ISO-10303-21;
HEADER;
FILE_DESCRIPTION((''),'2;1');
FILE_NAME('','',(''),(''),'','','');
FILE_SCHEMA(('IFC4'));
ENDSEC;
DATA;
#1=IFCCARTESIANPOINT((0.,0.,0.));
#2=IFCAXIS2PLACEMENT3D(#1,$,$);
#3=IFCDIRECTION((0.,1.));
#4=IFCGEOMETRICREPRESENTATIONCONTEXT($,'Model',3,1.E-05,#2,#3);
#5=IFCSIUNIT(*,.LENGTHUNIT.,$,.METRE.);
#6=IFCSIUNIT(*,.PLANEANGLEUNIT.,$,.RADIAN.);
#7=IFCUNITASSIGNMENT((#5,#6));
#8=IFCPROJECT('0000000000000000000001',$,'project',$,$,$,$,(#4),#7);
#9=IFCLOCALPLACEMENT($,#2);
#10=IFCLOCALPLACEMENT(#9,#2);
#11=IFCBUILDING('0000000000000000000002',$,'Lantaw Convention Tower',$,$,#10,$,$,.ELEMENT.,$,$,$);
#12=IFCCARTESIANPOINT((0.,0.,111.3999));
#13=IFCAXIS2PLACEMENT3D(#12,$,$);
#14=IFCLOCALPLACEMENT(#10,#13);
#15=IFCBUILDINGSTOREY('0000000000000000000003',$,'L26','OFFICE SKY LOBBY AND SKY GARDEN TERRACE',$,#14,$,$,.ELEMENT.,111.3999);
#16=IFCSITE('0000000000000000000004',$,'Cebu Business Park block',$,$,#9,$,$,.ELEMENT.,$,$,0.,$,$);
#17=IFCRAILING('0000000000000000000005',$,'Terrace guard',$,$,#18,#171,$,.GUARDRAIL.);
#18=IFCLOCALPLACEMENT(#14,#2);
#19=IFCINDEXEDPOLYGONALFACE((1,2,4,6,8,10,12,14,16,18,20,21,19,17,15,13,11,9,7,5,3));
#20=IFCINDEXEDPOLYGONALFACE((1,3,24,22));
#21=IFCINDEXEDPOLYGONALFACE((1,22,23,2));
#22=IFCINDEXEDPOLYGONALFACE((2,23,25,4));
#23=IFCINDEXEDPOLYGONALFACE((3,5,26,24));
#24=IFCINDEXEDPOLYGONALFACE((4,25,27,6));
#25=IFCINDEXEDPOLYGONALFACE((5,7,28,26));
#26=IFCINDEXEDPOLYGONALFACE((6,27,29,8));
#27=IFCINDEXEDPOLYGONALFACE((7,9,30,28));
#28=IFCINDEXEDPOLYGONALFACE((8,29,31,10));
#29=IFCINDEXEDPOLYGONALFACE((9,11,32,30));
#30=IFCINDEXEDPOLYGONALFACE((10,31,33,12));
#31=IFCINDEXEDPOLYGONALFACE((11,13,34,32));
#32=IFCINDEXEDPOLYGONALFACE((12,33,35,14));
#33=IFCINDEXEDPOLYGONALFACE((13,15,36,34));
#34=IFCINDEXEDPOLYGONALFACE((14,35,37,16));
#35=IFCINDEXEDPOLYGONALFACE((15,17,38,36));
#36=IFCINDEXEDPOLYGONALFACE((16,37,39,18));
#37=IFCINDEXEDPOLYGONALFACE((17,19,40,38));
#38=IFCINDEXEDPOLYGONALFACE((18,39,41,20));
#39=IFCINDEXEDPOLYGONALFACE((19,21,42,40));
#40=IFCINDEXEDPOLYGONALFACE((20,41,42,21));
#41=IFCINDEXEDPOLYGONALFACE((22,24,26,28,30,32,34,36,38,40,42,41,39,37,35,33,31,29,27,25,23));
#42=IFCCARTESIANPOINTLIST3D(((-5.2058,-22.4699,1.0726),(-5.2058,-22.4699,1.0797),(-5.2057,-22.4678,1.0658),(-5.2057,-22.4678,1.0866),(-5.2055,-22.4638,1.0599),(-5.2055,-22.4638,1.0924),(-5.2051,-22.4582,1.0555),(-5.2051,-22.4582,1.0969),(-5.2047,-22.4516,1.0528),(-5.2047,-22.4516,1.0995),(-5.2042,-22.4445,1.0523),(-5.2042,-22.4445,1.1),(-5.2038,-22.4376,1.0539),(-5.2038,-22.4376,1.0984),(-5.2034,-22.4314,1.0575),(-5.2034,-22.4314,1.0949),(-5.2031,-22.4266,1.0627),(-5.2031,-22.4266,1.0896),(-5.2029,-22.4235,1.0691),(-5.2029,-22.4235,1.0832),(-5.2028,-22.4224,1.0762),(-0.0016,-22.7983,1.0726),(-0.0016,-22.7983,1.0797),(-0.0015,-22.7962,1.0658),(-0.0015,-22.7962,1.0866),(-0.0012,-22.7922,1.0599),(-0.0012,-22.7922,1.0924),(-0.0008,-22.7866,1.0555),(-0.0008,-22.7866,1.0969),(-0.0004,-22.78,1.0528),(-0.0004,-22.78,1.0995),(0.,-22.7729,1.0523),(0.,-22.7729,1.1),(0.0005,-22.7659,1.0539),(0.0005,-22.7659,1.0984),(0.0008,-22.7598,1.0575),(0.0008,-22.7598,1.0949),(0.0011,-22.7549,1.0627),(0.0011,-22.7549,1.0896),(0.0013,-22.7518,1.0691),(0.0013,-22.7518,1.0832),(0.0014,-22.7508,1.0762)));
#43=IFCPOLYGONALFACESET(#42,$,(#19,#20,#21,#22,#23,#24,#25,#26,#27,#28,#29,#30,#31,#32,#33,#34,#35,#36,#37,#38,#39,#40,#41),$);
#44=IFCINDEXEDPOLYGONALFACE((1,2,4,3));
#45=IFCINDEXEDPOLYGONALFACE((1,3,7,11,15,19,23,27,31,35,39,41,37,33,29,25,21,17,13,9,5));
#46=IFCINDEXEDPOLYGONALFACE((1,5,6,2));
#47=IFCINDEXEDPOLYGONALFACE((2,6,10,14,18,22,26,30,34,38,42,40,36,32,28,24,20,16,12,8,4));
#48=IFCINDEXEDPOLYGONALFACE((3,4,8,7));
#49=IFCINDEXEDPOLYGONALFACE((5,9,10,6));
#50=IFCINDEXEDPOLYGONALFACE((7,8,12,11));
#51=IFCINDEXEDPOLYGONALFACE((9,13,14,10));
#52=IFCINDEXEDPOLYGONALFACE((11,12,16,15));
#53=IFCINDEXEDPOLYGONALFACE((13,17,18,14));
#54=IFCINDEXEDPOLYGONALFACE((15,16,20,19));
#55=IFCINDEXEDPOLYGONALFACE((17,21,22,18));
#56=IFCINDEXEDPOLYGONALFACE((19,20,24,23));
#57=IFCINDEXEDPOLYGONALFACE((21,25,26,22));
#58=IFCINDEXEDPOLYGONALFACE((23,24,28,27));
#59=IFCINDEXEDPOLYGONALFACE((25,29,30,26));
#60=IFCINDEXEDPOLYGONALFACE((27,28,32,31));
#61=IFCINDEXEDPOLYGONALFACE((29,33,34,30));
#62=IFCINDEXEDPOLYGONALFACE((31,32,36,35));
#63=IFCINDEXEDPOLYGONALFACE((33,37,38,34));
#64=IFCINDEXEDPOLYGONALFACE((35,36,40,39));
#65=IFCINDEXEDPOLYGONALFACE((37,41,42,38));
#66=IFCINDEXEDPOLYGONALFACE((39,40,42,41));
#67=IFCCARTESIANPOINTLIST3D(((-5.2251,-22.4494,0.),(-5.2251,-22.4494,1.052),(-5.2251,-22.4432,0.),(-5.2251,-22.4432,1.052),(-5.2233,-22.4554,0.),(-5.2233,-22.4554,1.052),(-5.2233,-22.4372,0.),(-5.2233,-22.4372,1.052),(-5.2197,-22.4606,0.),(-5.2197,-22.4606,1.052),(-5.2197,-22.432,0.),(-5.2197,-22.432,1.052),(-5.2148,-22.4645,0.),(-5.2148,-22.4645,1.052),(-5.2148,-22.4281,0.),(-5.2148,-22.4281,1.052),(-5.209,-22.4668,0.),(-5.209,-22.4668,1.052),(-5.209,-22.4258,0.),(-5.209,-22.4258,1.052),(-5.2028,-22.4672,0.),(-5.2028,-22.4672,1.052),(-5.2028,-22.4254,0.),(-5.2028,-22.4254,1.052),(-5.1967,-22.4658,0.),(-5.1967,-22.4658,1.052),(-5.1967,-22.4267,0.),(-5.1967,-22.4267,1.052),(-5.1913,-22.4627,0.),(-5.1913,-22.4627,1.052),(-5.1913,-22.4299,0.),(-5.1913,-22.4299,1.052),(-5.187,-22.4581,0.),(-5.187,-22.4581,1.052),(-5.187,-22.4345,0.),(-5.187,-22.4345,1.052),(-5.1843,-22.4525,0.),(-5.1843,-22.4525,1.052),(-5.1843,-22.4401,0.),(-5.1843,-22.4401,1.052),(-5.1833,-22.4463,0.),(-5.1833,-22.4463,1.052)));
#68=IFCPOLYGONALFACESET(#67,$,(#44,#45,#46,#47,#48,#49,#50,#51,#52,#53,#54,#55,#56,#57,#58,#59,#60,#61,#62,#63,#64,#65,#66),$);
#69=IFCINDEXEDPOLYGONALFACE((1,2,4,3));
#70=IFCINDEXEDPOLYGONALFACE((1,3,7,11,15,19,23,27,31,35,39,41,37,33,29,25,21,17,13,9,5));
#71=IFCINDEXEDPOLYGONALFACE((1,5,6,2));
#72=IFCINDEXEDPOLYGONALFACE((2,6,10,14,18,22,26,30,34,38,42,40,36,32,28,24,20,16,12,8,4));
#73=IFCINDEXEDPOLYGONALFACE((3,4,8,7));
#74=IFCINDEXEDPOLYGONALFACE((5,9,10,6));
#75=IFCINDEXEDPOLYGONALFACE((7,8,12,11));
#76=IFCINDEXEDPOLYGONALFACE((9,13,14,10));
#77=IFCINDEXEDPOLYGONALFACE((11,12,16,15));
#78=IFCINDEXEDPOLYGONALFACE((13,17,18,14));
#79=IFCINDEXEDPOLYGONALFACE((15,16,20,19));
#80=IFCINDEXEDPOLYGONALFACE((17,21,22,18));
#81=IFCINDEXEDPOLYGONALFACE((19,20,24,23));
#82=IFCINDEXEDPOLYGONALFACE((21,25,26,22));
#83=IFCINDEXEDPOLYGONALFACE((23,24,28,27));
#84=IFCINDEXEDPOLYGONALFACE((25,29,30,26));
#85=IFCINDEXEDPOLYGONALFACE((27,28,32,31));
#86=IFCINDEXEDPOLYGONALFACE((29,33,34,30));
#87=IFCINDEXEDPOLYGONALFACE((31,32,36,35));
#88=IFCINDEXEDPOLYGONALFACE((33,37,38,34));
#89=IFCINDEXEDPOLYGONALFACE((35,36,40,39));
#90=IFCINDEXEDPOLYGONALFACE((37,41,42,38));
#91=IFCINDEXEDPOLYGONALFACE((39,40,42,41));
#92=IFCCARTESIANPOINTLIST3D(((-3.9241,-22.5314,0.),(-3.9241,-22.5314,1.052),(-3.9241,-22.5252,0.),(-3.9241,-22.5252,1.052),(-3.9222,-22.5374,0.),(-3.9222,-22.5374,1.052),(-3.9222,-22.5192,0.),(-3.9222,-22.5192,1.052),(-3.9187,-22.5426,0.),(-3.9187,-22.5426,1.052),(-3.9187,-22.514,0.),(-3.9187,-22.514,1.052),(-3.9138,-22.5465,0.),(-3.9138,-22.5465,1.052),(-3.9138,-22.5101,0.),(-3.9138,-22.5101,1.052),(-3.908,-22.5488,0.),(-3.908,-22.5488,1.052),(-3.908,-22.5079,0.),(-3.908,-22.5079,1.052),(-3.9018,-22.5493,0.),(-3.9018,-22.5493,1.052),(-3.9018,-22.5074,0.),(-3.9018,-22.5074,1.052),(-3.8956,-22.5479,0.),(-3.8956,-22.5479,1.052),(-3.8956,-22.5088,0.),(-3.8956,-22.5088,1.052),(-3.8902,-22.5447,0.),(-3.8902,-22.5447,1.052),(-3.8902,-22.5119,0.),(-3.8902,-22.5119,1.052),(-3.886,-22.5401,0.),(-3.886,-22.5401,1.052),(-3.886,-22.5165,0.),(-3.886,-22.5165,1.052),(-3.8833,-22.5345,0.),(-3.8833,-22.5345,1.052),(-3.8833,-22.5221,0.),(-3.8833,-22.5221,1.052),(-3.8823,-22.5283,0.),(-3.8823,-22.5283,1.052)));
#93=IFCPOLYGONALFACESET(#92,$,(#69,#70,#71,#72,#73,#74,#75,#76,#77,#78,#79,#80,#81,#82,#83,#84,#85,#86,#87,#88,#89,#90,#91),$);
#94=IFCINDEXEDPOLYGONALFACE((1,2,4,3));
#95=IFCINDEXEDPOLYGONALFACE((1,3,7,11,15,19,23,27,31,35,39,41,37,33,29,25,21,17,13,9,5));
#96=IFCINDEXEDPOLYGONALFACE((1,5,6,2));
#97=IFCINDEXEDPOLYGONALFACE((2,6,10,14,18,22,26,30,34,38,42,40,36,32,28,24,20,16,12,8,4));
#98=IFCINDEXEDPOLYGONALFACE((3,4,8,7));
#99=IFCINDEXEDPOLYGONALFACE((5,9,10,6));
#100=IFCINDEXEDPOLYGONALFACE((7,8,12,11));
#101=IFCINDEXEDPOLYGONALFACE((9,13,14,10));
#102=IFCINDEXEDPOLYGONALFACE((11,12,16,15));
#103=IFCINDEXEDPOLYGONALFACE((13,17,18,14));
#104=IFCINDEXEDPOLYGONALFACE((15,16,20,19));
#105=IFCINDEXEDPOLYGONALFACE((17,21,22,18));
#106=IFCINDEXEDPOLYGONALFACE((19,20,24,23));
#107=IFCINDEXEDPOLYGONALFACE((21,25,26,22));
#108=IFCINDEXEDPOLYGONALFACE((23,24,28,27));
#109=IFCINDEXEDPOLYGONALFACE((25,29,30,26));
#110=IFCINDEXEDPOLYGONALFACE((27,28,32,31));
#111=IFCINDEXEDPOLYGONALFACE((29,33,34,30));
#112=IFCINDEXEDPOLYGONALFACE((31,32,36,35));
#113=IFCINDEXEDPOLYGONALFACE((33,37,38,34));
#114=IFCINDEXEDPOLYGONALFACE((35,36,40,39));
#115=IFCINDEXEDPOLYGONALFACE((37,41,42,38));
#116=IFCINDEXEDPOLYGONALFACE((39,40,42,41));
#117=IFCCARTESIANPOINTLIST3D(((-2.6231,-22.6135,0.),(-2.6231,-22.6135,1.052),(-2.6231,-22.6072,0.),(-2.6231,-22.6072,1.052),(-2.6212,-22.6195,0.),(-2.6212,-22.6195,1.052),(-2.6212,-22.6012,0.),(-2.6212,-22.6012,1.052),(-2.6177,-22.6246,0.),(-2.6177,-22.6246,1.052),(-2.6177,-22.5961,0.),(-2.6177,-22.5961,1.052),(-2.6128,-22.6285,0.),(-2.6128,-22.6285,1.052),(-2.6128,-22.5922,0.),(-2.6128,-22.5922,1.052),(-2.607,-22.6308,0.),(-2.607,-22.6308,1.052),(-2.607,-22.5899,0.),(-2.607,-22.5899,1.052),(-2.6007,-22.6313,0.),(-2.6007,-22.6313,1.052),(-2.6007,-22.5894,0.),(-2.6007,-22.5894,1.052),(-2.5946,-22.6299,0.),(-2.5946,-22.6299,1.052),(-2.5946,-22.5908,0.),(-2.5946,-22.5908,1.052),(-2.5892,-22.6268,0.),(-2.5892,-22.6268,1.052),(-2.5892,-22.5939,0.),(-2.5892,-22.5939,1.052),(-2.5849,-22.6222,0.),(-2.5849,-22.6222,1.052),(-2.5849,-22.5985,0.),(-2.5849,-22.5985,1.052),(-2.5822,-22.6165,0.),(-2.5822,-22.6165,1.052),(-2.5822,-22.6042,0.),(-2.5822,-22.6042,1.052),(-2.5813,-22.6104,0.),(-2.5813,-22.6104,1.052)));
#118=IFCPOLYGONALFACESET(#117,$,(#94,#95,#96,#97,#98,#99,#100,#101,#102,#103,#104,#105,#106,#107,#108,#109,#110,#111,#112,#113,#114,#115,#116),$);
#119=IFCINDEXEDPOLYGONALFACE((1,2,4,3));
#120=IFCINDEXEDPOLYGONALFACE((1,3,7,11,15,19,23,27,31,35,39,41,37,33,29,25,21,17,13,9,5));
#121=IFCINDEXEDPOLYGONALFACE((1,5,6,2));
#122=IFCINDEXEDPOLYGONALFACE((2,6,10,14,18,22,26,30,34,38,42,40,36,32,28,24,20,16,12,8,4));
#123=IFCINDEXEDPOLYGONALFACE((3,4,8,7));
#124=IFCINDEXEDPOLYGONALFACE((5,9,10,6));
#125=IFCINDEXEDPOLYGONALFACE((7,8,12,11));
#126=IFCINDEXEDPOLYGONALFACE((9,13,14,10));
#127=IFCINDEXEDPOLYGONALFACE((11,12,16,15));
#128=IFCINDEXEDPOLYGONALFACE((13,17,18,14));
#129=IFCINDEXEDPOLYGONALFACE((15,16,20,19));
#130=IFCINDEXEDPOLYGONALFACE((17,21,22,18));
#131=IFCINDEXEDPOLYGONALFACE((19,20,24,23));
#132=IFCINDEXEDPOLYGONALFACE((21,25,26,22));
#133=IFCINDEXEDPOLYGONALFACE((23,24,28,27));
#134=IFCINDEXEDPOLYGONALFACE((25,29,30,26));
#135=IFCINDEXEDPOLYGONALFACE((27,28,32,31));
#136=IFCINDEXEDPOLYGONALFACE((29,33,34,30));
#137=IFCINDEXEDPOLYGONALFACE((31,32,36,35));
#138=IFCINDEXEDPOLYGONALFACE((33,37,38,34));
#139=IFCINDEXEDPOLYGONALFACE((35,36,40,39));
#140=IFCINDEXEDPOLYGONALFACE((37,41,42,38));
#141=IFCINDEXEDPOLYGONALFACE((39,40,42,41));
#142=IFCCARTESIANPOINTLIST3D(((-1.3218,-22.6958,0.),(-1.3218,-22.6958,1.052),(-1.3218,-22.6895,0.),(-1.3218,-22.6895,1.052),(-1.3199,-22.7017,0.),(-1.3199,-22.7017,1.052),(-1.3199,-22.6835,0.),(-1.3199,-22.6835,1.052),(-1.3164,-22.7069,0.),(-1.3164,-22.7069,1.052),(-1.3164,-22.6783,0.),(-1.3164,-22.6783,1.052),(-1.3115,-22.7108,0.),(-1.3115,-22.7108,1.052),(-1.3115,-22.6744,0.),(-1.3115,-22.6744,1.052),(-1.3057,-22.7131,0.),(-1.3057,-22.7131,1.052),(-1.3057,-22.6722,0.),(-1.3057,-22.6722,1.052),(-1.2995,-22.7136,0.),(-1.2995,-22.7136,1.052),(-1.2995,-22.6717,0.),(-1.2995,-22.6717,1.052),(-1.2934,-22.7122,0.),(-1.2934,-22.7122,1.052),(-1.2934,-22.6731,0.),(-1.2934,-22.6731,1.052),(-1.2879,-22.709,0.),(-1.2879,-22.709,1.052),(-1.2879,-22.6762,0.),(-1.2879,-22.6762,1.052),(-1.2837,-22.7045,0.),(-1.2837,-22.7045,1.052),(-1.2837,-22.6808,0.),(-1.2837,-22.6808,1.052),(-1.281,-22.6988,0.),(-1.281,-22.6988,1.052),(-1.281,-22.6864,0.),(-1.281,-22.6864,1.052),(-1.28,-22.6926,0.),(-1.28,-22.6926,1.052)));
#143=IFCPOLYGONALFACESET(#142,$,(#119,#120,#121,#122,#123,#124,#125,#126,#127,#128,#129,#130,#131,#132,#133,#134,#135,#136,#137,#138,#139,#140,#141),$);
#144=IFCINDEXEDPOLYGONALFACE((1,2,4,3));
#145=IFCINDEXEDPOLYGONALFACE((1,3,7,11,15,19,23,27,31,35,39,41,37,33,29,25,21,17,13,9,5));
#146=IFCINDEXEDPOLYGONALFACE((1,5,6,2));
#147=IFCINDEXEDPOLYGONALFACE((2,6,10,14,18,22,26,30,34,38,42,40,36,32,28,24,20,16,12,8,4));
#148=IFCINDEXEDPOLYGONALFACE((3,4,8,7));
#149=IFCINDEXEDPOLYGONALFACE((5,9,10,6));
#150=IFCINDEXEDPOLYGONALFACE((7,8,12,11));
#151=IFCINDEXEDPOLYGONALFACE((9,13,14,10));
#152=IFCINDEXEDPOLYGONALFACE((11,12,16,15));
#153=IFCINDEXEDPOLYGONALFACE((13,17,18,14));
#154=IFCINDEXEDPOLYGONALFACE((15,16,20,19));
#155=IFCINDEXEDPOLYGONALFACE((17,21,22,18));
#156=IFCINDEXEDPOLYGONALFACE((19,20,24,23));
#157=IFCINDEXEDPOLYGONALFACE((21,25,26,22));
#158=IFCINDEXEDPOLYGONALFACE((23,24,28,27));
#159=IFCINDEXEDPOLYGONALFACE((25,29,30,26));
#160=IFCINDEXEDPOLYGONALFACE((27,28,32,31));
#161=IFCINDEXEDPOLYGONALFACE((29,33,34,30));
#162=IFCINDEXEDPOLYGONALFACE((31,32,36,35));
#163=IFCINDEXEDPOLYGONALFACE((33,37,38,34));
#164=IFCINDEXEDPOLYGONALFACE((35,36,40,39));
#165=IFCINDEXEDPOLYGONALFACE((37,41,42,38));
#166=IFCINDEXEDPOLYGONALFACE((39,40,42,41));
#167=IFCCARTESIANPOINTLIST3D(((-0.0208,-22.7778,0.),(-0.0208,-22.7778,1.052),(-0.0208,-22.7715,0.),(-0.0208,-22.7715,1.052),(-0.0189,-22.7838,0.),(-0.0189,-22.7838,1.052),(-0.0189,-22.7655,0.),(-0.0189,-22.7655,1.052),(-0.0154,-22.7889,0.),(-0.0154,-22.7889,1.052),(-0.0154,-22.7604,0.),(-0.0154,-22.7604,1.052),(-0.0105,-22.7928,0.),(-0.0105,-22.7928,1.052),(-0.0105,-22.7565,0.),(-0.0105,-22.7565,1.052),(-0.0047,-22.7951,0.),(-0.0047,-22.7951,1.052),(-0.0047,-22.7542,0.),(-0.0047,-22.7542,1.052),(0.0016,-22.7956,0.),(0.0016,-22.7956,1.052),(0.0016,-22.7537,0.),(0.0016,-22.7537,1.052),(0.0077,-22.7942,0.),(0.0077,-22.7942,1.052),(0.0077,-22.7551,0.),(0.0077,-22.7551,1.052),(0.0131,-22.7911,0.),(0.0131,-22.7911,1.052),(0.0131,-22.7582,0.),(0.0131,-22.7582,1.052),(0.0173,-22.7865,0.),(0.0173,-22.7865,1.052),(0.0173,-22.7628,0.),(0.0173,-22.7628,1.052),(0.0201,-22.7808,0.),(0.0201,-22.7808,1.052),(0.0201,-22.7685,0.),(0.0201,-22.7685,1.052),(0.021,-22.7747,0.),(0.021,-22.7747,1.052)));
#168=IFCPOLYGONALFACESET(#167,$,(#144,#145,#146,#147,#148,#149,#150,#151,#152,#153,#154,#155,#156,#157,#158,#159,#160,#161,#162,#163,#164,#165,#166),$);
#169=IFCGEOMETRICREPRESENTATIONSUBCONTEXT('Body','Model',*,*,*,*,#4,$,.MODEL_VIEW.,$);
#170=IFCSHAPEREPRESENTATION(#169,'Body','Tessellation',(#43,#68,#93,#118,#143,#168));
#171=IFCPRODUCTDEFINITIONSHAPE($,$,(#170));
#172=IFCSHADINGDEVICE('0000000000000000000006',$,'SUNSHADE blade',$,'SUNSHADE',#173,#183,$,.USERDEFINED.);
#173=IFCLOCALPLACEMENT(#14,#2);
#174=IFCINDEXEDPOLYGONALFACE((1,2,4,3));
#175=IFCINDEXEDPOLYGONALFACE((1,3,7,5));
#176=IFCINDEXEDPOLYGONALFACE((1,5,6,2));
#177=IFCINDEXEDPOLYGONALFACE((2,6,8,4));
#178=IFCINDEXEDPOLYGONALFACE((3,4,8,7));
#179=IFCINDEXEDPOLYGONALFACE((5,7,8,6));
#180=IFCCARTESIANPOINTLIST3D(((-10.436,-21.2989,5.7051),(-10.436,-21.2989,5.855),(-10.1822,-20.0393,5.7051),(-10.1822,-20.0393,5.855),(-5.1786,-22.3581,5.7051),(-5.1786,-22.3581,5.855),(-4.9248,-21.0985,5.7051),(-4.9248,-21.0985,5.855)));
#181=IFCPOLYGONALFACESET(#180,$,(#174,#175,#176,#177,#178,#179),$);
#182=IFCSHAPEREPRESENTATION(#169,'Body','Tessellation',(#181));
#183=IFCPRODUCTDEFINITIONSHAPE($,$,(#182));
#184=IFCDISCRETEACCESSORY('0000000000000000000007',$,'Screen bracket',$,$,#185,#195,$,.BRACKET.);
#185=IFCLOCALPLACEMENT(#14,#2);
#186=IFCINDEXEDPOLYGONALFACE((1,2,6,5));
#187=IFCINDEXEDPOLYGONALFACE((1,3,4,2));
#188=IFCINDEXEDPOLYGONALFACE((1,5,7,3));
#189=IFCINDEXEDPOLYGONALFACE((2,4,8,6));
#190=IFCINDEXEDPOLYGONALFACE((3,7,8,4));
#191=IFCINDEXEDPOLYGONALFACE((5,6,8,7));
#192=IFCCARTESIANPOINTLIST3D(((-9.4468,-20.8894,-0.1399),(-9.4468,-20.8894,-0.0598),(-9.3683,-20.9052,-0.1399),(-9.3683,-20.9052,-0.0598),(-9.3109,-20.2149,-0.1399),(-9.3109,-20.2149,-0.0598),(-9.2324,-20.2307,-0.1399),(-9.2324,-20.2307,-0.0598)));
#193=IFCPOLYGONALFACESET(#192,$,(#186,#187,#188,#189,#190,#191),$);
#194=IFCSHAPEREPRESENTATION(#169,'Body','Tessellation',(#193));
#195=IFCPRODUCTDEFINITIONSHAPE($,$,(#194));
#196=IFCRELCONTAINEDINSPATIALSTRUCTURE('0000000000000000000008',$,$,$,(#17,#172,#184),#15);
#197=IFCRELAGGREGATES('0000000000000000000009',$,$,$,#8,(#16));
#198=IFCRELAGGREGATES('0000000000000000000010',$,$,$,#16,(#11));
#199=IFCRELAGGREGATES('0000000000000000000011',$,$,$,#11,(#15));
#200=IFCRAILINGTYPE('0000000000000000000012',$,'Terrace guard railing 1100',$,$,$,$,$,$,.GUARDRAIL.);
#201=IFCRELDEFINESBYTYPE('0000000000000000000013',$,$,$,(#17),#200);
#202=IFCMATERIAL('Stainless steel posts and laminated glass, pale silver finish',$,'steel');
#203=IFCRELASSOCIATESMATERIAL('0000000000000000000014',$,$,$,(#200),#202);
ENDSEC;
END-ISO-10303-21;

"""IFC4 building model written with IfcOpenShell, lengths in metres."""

from ifc_helpers import new_model, si_unit, direction, frame, origin, origin_2d, place, context, subcontext, project, spatial, rectangle, circle, extrude, material, type_object, element, save


model = new_model("IFC4")

# Units and contexts
model_context = context("Model", 3, precision=1e-05, world=origin(), true_north=direction((0.0, 1.0)))
body_context = subcontext(model_context, "Body", "Model", "MODEL_VIEW")
ifc_project = project(units=[si_unit("LENGTHUNIT", "METRE"), si_unit("PLANEANGLEUNIT", "RADIAN")], contexts=[model_context])

# Site, building, storey
site_placement = place(None, origin())
site = spatial("IfcSite", under=ifc_project, at=site_placement, Name="Cebu Business Park block", CompositionType="ELEMENT", RefElevation=0.0)
building_placement = place(site_placement, origin())
building = spatial("IfcBuilding", under=site, at=building_placement, Name="Lantaw Convention Tower", CompositionType="ELEMENT")
storey_placement = place(building_placement, frame((0.0, 0.0, 111.3999)))
storey = spatial("IfcBuildingStorey", under=building, at=storey_placement, Name="L26", Description="OFFICE SKY LOBBY AND SKY GARDEN TERRACE", CompositionType="ELEMENT", Elevation=111.3999)

# Railing
ifc_material_1 = material(Name="Stainless steel posts and laminated glass, pale silver finish", Category="steel")
railing_type = type_object("IfcRailingType", Name="Terrace guard railing 1100", PredefinedType="GUARDRAIL", material=ifc_material_1)
railing_1_placement = place(storey_placement, frame((-5.2043, -22.4463, 0.0)))
element("IfcRailing", 1, at=railing_1_placement, inside=storey, type_object=railing_type, Name="Terrace guard", PredefinedType="GUARDRAIL", context=body_context, shape_type="SweptSolid", body=[
    extrude(circle(Radius=0.0239, at=origin_2d()), frame((0.0, 0.0, 1.0762), z_axis=(0.998015, -0.06297, 0.0), x_axis=(0.06297, 0.998015, 0.0)), (0.0, 0.0, 1.0), 5.2146),
    extrude(circle(Radius=0.021, at=origin_2d()), origin(), (0.0, 0.0, 1.0), 1.052),
    extrude(circle(Radius=0.021, at=origin_2d()), frame((1.301, -0.082, 0.0)), (0.0, 0.0, 1.0), 1.052),
    extrude(circle(Radius=0.021, at=origin_2d()), frame((2.6021, -0.1641, 0.0)), (0.0, 0.0, 1.0), 1.052),
    extrude(circle(Radius=0.021, at=origin_2d()), frame((3.9033, -0.2463, 0.0)), (0.0, 0.0, 1.0), 1.052),
    extrude(circle(Radius=0.021, at=origin_2d()), frame((5.2043, -0.3284, 0.0)), (0.0, 0.0, 1.0), 1.052),
])

# Shading device
shading_device_placement = place(storey_placement, frame((-7.6804, -21.1987, 5.7051), z_axis=(0.0, 0.0, 1.0), x_axis=(0.980302, -0.197507, 0.0)))
element("IfcShadingDevice", 2, at=shading_device_placement, inside=storey, Name="SUNSHADE blade", ObjectType="SUNSHADE", PredefinedType="USERDEFINED", context=body_context, shape_type="SweptSolid", body=[
    extrude(rectangle(XDim=5.363, YDim=1.2849, at=origin_2d()), origin(), (0.0, 0.0, 1.0), 0.1499),
])

# Discrete accessory
discrete_accessory_placement = place(storey_placement, frame((-9.3396, -20.5601, -0.1399), z_axis=(0.0, 0.0, 1.0), x_axis=(0.980302, -0.197507, 0.0)))
element("IfcDiscreteAccessory", 3, at=discrete_accessory_placement, inside=storey, Name="Screen bracket", PredefinedType="BRACKET", context=body_context, shape_type="SweptSolid", body=[
    extrude(rectangle(XDim=0.0801, YDim=0.688, at=origin_2d()), origin(), (0.0, 0.0, 1.0), 0.0801),
])

save(model, "model.ifc")
